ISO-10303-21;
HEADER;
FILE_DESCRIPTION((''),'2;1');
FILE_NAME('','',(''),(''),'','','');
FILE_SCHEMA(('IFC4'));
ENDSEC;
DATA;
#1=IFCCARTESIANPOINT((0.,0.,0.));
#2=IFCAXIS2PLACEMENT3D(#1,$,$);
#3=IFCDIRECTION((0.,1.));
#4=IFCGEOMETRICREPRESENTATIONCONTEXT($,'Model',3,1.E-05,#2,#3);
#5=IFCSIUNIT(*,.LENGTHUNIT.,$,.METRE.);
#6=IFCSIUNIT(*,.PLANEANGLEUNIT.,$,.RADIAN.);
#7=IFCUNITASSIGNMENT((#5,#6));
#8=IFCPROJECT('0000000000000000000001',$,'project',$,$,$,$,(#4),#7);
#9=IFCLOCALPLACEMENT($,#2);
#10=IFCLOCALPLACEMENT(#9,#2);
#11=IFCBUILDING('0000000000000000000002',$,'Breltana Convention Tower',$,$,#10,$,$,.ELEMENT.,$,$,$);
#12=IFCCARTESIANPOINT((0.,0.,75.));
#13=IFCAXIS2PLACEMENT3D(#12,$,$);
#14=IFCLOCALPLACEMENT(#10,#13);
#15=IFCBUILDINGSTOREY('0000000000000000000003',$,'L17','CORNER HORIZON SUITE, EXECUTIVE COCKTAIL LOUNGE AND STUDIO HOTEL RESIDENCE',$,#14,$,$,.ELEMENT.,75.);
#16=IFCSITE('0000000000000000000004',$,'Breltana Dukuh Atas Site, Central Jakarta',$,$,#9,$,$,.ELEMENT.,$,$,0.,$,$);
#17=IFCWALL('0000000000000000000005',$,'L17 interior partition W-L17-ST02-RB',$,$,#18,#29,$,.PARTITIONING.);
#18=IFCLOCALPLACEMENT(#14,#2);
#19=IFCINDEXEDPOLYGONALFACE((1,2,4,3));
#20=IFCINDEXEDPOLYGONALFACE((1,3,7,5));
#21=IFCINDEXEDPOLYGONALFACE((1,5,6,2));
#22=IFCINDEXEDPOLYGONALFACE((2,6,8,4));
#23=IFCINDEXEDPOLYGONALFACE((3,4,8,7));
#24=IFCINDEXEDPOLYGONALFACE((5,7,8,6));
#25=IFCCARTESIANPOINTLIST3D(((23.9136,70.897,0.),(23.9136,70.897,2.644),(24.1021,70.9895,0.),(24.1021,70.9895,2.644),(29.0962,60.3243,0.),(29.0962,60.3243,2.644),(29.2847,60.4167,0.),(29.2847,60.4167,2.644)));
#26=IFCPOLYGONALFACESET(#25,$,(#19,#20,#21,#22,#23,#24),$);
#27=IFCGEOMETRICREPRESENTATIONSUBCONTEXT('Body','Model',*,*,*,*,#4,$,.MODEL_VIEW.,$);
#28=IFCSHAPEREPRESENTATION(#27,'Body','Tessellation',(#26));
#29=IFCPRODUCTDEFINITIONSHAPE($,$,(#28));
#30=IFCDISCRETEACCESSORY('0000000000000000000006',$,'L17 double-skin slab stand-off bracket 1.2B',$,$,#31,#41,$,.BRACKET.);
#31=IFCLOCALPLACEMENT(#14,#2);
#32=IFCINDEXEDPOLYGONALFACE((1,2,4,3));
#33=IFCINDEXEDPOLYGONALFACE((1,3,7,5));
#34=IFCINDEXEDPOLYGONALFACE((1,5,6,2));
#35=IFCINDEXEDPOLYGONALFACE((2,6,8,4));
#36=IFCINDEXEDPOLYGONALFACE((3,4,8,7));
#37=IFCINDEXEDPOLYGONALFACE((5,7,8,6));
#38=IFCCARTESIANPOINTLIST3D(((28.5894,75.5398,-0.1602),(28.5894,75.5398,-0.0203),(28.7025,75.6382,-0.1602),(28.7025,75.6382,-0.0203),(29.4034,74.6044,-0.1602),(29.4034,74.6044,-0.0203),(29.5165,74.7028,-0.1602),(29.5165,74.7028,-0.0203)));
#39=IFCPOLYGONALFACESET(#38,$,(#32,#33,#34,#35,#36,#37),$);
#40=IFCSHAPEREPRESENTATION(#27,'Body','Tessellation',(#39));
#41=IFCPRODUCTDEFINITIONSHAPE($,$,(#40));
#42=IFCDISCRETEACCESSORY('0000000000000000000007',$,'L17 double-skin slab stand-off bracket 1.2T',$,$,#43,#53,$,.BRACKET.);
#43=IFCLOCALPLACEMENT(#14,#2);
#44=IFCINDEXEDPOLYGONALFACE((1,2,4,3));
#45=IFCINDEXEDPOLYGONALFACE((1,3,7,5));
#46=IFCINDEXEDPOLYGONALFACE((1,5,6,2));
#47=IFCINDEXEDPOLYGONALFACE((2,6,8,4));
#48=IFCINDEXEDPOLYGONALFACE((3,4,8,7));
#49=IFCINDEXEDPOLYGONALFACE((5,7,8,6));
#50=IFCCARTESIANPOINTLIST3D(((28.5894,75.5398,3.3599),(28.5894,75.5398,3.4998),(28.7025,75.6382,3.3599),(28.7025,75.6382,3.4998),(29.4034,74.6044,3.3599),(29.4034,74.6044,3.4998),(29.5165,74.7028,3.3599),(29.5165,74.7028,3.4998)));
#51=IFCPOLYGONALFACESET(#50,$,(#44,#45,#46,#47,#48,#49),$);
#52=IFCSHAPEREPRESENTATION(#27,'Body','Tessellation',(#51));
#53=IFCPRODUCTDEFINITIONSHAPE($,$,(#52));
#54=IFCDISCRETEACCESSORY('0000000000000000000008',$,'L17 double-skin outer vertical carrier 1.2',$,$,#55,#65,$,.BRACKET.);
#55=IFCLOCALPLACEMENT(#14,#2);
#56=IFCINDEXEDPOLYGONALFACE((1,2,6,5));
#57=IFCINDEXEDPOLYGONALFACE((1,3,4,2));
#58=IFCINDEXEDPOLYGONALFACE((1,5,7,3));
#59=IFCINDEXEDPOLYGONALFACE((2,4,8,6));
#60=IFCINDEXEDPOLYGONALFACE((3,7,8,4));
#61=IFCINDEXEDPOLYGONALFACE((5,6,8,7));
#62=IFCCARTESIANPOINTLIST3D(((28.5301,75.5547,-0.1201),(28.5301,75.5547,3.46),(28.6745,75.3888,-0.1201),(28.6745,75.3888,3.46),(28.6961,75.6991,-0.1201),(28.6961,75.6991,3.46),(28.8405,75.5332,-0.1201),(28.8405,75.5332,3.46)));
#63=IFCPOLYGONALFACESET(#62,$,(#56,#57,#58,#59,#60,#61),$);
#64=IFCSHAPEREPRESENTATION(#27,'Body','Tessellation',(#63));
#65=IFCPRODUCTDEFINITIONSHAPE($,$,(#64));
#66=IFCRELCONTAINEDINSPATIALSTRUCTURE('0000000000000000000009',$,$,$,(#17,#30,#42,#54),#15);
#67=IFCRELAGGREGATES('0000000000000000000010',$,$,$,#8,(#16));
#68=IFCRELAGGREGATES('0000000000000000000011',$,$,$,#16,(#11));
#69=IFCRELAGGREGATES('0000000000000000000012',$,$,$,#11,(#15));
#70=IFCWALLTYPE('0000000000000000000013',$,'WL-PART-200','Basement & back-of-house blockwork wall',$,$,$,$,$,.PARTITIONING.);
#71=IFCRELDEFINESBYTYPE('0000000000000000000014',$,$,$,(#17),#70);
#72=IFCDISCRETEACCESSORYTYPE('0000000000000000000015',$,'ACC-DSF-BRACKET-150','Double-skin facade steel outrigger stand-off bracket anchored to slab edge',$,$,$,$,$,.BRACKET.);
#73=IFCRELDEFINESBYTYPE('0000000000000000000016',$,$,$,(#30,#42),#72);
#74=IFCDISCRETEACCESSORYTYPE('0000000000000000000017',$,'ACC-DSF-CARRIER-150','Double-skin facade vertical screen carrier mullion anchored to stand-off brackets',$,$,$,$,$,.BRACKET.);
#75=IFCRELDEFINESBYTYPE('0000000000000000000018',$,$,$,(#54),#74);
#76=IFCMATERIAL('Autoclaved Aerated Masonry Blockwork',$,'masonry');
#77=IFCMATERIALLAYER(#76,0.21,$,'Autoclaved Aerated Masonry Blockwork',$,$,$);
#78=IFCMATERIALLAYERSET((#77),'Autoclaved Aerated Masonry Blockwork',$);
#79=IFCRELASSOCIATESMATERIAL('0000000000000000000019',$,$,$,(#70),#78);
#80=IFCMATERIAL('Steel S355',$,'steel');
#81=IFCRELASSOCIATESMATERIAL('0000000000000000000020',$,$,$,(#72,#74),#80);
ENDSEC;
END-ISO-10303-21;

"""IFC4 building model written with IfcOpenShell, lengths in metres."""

from ifc_helpers import new_model, si_unit, direction, frame, frame_2d, origin, origin_2d, place, context, subcontext, project, spatial, rectangle, extrude, source, transform, mapped, material, layer, layer_set, type_object, type_shapes, element, save


model = new_model("IFC4")

# Units and contexts
model_context = context("Model", 3, precision=1e-05, world=origin(), true_north=direction((0.0, 1.0)))
body_context = subcontext(model_context, "Body", "Model", "MODEL_VIEW")
ifc_project = project(units=[si_unit("LENGTHUNIT", "METRE"), si_unit("PLANEANGLEUNIT", "RADIAN")], contexts=[model_context])

# Site, building, storey
site_placement = place(None, origin())
site = spatial("IfcSite", under=ifc_project, at=site_placement, Name="Breltana Dukuh Atas Site, Central Jakarta", CompositionType="ELEMENT", RefElevation=0.0)
building_placement = place(site_placement, origin())
building = spatial("IfcBuilding", under=site, at=building_placement, Name="Breltana Convention Tower", CompositionType="ELEMENT")
storey_placement = place(building_placement, frame((0.0, 0.0, 75.0)))
storey = spatial("IfcBuildingStorey", under=building, at=storey_placement, Name="L17", Description="CORNER HORIZON SUITE, EXECUTIVE COCKTAIL LOUNGE AND STUDIO HOTEL RESIDENCE", CompositionType="ELEMENT", Elevation=75.0)

# Wall
ifc_material_1 = material(Name="Autoclaved Aerated Masonry Blockwork", Category="masonry")
ifc_layer_1 = layer(ifc_material_1, 0.21, Name="Autoclaved Aerated Masonry Blockwork")
ifc_layer_set_1 = layer_set([ifc_layer_1], Name="Autoclaved Aerated Masonry Blockwork")
wall_type_1 = type_object("IfcWallType", Name="WL-PART-200", Description="Basement & back-of-house blockwork wall", PredefinedType="PARTITIONING", material=ifc_layer_set_1)
shared_shape_1 = source(origin(), body_context, "Body", "SweptSolid", [
    extrude(rectangle(XDim=11.7747, YDim=0.21, at=frame_2d((5.8872, 0.0))), origin(), (0.0, 0.0, 1.0), 2.644),
])
wall_1_placement = place(storey_placement, frame((29.1904, 60.3706, 0.0), z_axis=(0.0, 0.0, 1.0), x_axis=(-0.44015, 0.897924, 0.0)))
element("IfcWall", 1, at=wall_1_placement, inside=storey, type_object=wall_type_1, Name="L17 interior partition W-L17-ST02-RB", PredefinedType="PARTITIONING", context=body_context, shape_type="MappedRepresentation", body=[
    mapped(shared_shape_1, transform((0.0, 0.0, 0.0), scale=1.0)),
])

# Discrete accessories
ifc_material_2 = material(Name="Steel S355", Category="steel")
discrete_accessory_type_1 = type_object("IfcDiscreteAccessoryType", Name="ACC-DSF-BRACKET-150", Description="Double-skin facade steel outrigger stand-off bracket anchored to slab edge", PredefinedType="BRACKET", material=ifc_material_2)
shared_shape_2 = source(origin(), body_context, "Body", "SweptSolid", [
    extrude(rectangle(XDim=1.24, YDim=0.1499, at=origin_2d()), origin(), (0.0, 0.0, 1.0), 0.1399),
])
type_shapes(discrete_accessory_type_1, [shared_shape_2])
for number, where, z_axis, x_axis, name in (
    (2, (29.053, 75.1213, -0.1602), (0.0, 0.0, 1.0), (-0.656457, 0.754364, 0.0), "L17 double-skin slab stand-off bracket 1.2B"),
    (3, (29.053, 75.1213, 3.3599), (0.0, 0.0, 1.0), (-0.656457, 0.754364, 0.0), "L17 double-skin slab stand-off bracket 1.2T"),
):
    element("IfcDiscreteAccessory", number, at=place(storey_placement, frame(where, z_axis=z_axis, x_axis=x_axis)), inside=storey, type_object=discrete_accessory_type_1, Name=name, PredefinedType="BRACKET", context=body_context, shape_type="MappedRepresentation", body=[
        mapped(shared_shape_2, transform((0.0, 0.0, 0.0), scale=1.0)),
    ])
discrete_accessory_type_2 = type_object("IfcDiscreteAccessoryType", Name="ACC-DSF-CARRIER-150", Description="Double-skin facade vertical screen carrier mullion anchored to stand-off brackets", PredefinedType="BRACKET", material=ifc_material_2)
shared_shape_3 = source(origin(), body_context, "Body", "SweptSolid", [
    extrude(rectangle(XDim=0.22, YDim=0.22, at=origin_2d()), origin(), (0.0, 0.0, 1.0), 3.5801),
])
discrete_accessory_placement = place(storey_placement, frame((28.6853, 75.5439, -0.1201), z_axis=(0.0, 0.0, 1.0), x_axis=(-0.656457, 0.754364, 0.0)))
element("IfcDiscreteAccessory", 4, at=discrete_accessory_placement, inside=storey, type_object=discrete_accessory_type_2, Name="L17 double-skin outer vertical carrier 1.2", PredefinedType="BRACKET", context=body_context, shape_type="MappedRepresentation", body=[
    mapped(shared_shape_3, transform((0.0, 0.0, 0.0), scale=1.0)),
])

save(model, "model.ifc")
